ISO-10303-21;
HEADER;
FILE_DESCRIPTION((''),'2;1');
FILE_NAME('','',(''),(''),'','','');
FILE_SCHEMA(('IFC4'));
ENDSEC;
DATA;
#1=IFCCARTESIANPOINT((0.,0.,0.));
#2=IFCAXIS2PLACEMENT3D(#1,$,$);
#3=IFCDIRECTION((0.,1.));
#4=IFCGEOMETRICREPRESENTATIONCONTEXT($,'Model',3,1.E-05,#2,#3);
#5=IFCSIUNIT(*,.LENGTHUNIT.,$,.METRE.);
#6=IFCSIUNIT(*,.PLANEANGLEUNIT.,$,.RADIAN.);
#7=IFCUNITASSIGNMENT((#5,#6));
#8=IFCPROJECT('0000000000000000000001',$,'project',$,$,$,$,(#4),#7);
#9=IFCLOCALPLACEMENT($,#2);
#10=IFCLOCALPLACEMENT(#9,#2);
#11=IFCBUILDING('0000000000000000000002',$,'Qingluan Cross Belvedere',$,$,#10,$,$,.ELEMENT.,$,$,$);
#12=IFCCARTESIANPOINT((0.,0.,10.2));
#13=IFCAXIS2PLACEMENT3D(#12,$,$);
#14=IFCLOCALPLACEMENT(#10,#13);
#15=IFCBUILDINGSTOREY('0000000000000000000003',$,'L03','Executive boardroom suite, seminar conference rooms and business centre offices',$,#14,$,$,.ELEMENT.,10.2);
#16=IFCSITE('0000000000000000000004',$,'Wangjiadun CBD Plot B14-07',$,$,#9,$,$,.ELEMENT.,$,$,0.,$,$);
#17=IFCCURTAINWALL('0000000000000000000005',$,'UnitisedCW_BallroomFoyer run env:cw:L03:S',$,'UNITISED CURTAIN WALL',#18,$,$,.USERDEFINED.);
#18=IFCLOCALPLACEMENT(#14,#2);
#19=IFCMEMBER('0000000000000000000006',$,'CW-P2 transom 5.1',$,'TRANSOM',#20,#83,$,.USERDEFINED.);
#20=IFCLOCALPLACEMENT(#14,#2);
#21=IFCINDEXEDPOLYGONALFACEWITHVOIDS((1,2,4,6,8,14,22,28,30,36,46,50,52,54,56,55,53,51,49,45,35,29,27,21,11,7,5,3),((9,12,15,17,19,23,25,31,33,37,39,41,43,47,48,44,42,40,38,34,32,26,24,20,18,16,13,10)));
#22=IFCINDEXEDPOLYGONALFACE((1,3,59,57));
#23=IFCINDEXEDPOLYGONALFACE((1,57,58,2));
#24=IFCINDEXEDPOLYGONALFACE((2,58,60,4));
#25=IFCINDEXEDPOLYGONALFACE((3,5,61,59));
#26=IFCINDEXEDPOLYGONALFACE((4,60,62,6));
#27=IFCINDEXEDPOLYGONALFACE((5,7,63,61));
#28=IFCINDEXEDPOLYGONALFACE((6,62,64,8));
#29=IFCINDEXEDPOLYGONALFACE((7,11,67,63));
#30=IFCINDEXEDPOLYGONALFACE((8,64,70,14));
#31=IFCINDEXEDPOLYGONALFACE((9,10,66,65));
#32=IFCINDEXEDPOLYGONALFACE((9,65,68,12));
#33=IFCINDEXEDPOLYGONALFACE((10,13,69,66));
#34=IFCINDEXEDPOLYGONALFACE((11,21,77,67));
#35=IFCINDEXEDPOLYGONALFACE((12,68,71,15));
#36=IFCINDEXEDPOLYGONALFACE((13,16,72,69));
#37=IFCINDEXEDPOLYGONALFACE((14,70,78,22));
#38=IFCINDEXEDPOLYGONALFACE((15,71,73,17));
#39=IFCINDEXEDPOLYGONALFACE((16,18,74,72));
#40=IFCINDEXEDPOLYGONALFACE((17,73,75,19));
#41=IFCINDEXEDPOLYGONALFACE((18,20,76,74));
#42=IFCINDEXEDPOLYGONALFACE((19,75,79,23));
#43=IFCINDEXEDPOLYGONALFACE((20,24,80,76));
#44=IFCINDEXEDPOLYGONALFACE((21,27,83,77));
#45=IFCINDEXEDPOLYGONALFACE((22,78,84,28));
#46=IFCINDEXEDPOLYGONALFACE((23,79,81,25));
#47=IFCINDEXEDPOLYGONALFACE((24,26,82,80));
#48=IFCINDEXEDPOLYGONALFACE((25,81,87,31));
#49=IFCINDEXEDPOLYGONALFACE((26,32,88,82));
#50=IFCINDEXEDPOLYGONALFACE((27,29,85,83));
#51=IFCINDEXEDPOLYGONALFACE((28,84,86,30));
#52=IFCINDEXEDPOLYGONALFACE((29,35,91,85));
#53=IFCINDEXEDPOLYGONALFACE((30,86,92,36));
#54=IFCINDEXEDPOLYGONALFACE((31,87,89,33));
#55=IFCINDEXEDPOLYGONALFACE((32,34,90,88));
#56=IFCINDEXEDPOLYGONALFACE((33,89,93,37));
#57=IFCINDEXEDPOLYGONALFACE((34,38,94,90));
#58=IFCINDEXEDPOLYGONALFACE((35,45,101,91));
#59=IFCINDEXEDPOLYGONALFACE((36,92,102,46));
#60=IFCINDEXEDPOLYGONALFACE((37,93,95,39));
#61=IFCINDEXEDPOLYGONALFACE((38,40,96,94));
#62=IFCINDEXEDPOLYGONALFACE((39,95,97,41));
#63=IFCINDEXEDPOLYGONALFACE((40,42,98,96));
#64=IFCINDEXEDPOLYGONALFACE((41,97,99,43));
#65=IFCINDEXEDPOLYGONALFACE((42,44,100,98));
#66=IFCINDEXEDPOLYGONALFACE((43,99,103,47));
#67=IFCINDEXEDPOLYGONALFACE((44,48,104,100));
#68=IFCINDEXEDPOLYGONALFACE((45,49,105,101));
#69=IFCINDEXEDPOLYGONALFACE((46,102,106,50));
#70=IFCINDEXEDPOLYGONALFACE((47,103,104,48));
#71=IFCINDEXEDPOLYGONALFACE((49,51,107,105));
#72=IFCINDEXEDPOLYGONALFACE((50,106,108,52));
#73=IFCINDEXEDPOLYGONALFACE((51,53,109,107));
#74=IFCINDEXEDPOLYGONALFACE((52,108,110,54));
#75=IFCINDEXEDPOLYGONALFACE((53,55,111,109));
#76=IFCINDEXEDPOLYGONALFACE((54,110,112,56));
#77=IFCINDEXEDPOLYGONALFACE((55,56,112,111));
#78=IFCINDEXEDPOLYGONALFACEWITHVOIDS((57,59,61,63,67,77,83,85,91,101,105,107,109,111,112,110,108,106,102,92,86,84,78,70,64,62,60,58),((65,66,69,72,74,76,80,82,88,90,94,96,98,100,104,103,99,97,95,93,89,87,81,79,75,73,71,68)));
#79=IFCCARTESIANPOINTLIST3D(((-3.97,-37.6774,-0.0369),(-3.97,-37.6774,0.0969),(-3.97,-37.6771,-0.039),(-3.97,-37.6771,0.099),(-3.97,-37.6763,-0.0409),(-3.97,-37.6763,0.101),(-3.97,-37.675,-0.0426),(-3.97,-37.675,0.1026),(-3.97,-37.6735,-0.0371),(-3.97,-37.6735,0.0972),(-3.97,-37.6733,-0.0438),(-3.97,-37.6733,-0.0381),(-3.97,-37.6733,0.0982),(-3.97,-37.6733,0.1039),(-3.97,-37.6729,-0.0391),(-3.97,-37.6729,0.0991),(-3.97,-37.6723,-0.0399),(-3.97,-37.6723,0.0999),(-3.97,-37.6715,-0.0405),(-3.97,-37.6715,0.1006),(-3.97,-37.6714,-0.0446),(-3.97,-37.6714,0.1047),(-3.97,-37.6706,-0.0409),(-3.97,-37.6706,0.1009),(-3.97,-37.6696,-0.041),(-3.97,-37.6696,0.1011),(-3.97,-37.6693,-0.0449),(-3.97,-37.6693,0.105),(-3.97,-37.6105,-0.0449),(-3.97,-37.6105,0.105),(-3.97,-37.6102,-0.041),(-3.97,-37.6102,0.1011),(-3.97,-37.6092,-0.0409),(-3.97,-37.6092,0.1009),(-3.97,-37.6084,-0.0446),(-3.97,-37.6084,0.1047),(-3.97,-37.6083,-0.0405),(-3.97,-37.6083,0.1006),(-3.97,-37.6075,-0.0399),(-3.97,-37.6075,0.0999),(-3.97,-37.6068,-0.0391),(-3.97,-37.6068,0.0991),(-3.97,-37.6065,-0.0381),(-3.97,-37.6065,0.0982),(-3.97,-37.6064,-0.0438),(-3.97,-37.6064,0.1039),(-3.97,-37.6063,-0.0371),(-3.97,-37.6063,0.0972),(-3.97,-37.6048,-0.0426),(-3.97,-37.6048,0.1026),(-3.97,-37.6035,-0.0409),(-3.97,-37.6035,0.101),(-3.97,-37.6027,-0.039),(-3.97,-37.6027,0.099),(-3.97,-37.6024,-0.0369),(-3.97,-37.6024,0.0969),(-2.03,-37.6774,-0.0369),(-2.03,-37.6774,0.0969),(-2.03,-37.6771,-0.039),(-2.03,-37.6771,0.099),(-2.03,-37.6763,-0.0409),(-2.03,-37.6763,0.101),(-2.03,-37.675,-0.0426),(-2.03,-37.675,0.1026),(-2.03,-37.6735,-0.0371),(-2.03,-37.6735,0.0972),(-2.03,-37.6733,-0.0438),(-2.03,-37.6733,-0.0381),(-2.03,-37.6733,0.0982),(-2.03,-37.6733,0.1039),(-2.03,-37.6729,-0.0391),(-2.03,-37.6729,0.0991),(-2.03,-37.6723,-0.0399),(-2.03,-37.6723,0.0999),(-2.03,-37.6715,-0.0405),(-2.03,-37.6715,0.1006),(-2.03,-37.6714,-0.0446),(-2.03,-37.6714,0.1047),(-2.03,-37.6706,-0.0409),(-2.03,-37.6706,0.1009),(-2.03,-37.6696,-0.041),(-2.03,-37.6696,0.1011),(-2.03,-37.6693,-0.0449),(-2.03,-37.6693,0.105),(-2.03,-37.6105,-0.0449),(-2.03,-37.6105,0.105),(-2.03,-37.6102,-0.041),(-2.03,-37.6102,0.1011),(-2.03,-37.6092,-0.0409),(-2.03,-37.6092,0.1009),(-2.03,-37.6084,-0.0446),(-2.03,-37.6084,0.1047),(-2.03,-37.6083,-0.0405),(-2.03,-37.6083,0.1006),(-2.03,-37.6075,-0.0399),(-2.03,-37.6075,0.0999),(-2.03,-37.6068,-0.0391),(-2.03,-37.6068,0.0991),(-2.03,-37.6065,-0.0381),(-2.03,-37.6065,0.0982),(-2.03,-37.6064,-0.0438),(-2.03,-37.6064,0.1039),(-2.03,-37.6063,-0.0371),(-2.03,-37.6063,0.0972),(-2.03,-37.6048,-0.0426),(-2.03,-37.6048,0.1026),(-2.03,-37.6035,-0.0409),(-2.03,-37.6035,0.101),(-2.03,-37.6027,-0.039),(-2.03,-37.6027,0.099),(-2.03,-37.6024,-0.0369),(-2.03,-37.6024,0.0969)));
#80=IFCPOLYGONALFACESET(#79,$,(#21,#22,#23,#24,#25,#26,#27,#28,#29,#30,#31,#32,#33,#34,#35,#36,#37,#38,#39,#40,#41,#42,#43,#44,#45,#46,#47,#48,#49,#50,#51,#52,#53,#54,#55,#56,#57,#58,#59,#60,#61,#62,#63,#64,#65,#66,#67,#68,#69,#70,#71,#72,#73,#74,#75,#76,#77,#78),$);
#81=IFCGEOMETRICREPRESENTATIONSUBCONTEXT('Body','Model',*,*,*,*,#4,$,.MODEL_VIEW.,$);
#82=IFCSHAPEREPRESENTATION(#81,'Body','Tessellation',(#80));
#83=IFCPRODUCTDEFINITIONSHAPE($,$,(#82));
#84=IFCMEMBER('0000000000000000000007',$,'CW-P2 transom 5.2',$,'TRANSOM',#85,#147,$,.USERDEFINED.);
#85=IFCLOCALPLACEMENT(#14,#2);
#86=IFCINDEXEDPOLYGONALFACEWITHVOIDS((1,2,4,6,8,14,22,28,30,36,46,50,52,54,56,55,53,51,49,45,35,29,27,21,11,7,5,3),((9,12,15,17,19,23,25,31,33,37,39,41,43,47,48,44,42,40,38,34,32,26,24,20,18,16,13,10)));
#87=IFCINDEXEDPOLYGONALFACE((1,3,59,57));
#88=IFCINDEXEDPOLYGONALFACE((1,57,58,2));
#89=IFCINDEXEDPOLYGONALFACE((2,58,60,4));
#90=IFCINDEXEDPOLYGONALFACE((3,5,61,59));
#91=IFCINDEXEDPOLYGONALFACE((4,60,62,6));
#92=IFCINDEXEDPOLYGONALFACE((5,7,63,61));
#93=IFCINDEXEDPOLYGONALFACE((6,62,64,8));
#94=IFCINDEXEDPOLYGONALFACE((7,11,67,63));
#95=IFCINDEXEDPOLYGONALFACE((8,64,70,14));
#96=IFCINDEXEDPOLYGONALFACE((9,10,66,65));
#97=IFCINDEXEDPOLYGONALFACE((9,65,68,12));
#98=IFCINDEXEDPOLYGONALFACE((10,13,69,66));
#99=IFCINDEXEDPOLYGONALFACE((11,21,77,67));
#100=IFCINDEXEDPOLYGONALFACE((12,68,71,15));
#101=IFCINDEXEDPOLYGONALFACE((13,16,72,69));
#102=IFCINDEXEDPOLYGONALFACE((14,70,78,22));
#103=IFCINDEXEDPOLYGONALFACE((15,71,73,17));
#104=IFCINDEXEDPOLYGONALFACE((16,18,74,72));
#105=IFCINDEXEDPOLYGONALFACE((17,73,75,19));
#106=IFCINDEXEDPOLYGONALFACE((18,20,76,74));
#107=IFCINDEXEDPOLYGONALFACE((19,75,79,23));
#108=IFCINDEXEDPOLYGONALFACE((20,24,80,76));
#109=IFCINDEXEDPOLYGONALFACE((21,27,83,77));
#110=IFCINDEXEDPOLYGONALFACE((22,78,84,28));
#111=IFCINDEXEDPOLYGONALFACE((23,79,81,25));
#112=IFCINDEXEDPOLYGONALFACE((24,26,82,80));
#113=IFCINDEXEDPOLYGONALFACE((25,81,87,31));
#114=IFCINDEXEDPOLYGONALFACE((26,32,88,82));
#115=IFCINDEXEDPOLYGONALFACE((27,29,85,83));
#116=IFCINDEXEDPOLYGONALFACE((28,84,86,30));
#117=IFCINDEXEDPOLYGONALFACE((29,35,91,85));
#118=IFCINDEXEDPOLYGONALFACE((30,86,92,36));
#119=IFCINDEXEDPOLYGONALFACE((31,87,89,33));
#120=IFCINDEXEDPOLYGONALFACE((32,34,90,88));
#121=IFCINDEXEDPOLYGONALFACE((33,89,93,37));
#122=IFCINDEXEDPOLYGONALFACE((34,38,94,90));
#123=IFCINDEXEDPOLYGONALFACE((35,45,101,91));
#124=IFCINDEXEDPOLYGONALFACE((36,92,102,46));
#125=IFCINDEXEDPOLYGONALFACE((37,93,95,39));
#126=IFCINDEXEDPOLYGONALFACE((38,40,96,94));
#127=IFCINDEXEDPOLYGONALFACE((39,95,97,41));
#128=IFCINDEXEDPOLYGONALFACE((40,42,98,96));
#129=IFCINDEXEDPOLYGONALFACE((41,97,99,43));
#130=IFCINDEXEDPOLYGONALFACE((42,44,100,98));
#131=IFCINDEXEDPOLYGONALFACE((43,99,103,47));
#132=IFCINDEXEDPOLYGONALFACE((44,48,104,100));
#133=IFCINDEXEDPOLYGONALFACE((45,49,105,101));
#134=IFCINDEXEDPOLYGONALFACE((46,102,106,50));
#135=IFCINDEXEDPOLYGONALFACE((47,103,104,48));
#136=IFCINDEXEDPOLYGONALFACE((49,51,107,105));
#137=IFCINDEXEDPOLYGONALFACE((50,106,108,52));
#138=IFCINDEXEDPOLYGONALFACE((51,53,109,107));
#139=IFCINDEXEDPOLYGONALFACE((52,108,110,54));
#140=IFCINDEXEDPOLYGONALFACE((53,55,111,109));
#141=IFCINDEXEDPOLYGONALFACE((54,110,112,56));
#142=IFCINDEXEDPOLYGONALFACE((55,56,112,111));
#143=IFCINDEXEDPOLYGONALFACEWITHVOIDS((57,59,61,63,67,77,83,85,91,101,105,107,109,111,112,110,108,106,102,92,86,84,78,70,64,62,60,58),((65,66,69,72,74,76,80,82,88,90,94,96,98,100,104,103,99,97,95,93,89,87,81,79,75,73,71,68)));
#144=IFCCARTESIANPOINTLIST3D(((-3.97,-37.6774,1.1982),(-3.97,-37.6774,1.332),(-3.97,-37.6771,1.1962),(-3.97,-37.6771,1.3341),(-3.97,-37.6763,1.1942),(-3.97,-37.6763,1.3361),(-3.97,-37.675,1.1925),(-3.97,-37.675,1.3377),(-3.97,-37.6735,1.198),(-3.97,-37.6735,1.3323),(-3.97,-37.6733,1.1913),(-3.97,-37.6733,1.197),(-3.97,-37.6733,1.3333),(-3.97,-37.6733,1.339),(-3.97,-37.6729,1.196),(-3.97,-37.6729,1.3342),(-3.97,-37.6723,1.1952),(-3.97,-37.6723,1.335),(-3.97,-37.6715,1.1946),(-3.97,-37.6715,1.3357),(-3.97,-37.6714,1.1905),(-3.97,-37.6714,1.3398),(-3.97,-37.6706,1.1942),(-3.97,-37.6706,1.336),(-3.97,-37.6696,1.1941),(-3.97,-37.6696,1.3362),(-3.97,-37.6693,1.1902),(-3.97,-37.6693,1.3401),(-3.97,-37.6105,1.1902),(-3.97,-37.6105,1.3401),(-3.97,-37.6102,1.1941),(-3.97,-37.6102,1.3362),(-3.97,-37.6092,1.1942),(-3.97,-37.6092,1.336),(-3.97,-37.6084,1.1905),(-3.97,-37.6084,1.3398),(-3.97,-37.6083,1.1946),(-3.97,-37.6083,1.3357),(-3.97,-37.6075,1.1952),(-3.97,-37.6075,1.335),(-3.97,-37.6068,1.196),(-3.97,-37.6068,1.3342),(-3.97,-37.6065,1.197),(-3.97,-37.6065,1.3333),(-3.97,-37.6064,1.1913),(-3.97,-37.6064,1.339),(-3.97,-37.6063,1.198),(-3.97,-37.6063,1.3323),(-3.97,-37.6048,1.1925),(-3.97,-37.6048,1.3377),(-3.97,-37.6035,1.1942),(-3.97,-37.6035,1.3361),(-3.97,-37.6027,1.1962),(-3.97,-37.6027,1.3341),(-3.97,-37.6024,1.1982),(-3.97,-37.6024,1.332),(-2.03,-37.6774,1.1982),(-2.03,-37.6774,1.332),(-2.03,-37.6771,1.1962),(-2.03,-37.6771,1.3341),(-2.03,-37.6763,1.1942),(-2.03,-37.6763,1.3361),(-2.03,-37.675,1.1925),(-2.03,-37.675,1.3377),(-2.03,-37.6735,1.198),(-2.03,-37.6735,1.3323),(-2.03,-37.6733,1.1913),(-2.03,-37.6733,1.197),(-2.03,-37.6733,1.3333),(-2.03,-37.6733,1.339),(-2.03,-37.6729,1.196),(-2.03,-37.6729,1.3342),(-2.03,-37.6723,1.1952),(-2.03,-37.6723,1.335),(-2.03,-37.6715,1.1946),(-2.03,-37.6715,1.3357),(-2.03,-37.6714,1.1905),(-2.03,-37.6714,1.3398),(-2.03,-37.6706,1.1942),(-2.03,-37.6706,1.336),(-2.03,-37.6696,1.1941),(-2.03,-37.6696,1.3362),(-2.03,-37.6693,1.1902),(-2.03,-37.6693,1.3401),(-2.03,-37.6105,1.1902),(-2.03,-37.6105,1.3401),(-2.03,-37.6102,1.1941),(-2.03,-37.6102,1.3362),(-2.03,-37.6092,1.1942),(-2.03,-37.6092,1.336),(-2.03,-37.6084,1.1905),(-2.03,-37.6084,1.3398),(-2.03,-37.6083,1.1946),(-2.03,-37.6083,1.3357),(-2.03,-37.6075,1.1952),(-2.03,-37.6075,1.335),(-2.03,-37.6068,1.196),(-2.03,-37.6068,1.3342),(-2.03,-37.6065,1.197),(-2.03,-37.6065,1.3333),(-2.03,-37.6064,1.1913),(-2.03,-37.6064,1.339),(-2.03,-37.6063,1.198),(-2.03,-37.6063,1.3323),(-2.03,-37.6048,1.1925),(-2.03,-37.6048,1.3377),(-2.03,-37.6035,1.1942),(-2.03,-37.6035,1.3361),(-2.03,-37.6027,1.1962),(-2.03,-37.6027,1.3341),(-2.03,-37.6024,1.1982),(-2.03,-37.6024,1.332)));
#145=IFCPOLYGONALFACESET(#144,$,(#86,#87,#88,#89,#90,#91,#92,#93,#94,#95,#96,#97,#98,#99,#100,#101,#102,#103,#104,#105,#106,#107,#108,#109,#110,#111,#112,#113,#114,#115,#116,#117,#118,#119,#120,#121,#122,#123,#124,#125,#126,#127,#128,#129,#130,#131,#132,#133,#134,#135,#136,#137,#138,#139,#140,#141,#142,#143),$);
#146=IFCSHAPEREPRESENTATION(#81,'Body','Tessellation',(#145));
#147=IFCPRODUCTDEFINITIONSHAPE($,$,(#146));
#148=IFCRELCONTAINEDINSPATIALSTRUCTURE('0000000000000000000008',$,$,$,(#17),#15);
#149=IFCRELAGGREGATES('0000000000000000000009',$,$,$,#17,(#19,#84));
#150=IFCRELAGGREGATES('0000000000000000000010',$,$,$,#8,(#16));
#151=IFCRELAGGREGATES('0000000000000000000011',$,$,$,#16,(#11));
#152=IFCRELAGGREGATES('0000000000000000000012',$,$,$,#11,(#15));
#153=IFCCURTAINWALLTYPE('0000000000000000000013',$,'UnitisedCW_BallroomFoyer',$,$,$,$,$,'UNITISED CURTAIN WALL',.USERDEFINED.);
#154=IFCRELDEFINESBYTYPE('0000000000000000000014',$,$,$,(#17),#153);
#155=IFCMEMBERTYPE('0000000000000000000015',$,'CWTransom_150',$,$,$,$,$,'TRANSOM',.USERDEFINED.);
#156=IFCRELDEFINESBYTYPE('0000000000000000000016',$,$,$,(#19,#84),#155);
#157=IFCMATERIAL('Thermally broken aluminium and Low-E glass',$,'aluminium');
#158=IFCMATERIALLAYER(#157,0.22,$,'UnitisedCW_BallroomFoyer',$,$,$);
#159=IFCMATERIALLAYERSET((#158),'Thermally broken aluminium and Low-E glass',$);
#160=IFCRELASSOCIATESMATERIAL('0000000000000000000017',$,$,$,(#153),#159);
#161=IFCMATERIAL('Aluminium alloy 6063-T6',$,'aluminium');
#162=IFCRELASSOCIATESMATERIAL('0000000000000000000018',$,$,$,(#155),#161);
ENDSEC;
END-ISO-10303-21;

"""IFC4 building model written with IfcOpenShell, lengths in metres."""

from ifc_helpers import new_model, si_unit, direction, frame, origin, origin_2d, place, context, subcontext, project, spatial, hollow_rectangle, extrude, material, layer, layer_set, material_profile, profile_set, type_object, element, aggregate, save


model = new_model("IFC4")

# Units and contexts
model_context = context("Model", 3, precision=1e-05, world=origin(), true_north=direction((0.0, 1.0)))
body_context = subcontext(model_context, "Body", "Model", "MODEL_VIEW")
ifc_project = project(units=[si_unit("LENGTHUNIT", "METRE"), si_unit("PLANEANGLEUNIT", "RADIAN")], contexts=[model_context])

# Site, building, storey
site_placement = place(None, origin())
site = spatial("IfcSite", under=ifc_project, at=site_placement, Name="Wangjiadun CBD Plot B14-07", CompositionType="ELEMENT", RefElevation=0.0)
building_placement = place(site_placement, origin())
building = spatial("IfcBuilding", under=site, at=building_placement, Name="Qingluan Cross Belvedere", CompositionType="ELEMENT")
storey_placement = place(building_placement, frame((0.0, 0.0, 10.2)))
storey = spatial("IfcBuildingStorey", under=building, at=storey_placement, Name="L03", Description="Executive boardroom suite, seminar conference rooms and business centre offices", CompositionType="ELEMENT", Elevation=10.2)

# Curtain wall, members
ifc_material_1 = material(Name="Thermally broken aluminium and Low-E glass", Category="aluminium")
ifc_layer_1 = layer(ifc_material_1, 0.22, Name="UnitisedCW_BallroomFoyer")
ifc_layer_set_1 = layer_set([ifc_layer_1], Name="Thermally broken aluminium and Low-E glass")
curtain_wall_type = type_object("IfcCurtainWallType", Name="UnitisedCW_BallroomFoyer", ElementType="UNITISED CURTAIN WALL", PredefinedType="USERDEFINED", material=ifc_layer_set_1)
curtain_wall_placement = place(storey_placement, origin())
curtain_wall = element("IfcCurtainWall", 1, at=curtain_wall_placement, inside=storey, type_object=curtain_wall_type, Name="UnitisedCW_BallroomFoyer run env:cw:L03:S", ObjectType="UNITISED CURTAIN WALL", PredefinedType="USERDEFINED")
ifc_material_2 = material(Name="Aluminium alloy 6063-T6", Category="aluminium")
ifc_material_profile_1 = material_profile(ifc_material_2, hollow_rectangle(XDim=0.075, YDim=0.1499, WallThickness=0.0039, InnerFilletRadius=0.0039, OuterFilletRadius=0.0081, at=origin_2d()), Name="CWT150x75x4")
ifc_profile_set_1 = profile_set([ifc_material_profile_1], Name="Aluminium alloy 6063-T6")
member_type_1 = type_object("IfcMemberType", Name="CWTransom_150", ElementType="TRANSOM", PredefinedType="USERDEFINED", material=ifc_profile_set_1)
member_1_placement = place(storey_placement, frame((-2.03, -37.6399, 0.03), z_axis=(-1.0, 0.0, 0.0), x_axis=(0.0, -1.0, 0.0)))
member_1 = element("IfcMember", 2, at=member_1_placement, type_object=member_type_1, Name="CW-P2 transom 5.1", ObjectType="TRANSOM", PredefinedType="USERDEFINED", context=body_context, shape_type="SweptSolid", body=[
    extrude(hollow_rectangle(XDim=0.075, YDim=0.1499, WallThickness=0.0039, InnerFilletRadius=0.0039, OuterFilletRadius=0.0081, at=origin_2d()), origin(), (0.0, 0.0, 1.0), 1.9399),
])
member_2_placement = place(storey_placement, frame((-2.03, -37.6399, 1.2651), z_axis=(-1.0, 0.0, 0.0), x_axis=(0.0, -1.0, 0.0)))
member_2 = element("IfcMember", 3, at=member_2_placement, type_object=member_type_1, Name="CW-P2 transom 5.2", ObjectType="TRANSOM", PredefinedType="USERDEFINED", context=body_context, shape_type="SweptSolid", body=[
    extrude(hollow_rectangle(XDim=0.075, YDim=0.1499, WallThickness=0.0039, InnerFilletRadius=0.0039, OuterFilletRadius=0.0081, at=origin_2d()), origin(), (0.0, 0.0, 1.0), 1.9399),
])

aggregate(curtain_wall, [member_1, member_2])

save(model, "model.ifc")
